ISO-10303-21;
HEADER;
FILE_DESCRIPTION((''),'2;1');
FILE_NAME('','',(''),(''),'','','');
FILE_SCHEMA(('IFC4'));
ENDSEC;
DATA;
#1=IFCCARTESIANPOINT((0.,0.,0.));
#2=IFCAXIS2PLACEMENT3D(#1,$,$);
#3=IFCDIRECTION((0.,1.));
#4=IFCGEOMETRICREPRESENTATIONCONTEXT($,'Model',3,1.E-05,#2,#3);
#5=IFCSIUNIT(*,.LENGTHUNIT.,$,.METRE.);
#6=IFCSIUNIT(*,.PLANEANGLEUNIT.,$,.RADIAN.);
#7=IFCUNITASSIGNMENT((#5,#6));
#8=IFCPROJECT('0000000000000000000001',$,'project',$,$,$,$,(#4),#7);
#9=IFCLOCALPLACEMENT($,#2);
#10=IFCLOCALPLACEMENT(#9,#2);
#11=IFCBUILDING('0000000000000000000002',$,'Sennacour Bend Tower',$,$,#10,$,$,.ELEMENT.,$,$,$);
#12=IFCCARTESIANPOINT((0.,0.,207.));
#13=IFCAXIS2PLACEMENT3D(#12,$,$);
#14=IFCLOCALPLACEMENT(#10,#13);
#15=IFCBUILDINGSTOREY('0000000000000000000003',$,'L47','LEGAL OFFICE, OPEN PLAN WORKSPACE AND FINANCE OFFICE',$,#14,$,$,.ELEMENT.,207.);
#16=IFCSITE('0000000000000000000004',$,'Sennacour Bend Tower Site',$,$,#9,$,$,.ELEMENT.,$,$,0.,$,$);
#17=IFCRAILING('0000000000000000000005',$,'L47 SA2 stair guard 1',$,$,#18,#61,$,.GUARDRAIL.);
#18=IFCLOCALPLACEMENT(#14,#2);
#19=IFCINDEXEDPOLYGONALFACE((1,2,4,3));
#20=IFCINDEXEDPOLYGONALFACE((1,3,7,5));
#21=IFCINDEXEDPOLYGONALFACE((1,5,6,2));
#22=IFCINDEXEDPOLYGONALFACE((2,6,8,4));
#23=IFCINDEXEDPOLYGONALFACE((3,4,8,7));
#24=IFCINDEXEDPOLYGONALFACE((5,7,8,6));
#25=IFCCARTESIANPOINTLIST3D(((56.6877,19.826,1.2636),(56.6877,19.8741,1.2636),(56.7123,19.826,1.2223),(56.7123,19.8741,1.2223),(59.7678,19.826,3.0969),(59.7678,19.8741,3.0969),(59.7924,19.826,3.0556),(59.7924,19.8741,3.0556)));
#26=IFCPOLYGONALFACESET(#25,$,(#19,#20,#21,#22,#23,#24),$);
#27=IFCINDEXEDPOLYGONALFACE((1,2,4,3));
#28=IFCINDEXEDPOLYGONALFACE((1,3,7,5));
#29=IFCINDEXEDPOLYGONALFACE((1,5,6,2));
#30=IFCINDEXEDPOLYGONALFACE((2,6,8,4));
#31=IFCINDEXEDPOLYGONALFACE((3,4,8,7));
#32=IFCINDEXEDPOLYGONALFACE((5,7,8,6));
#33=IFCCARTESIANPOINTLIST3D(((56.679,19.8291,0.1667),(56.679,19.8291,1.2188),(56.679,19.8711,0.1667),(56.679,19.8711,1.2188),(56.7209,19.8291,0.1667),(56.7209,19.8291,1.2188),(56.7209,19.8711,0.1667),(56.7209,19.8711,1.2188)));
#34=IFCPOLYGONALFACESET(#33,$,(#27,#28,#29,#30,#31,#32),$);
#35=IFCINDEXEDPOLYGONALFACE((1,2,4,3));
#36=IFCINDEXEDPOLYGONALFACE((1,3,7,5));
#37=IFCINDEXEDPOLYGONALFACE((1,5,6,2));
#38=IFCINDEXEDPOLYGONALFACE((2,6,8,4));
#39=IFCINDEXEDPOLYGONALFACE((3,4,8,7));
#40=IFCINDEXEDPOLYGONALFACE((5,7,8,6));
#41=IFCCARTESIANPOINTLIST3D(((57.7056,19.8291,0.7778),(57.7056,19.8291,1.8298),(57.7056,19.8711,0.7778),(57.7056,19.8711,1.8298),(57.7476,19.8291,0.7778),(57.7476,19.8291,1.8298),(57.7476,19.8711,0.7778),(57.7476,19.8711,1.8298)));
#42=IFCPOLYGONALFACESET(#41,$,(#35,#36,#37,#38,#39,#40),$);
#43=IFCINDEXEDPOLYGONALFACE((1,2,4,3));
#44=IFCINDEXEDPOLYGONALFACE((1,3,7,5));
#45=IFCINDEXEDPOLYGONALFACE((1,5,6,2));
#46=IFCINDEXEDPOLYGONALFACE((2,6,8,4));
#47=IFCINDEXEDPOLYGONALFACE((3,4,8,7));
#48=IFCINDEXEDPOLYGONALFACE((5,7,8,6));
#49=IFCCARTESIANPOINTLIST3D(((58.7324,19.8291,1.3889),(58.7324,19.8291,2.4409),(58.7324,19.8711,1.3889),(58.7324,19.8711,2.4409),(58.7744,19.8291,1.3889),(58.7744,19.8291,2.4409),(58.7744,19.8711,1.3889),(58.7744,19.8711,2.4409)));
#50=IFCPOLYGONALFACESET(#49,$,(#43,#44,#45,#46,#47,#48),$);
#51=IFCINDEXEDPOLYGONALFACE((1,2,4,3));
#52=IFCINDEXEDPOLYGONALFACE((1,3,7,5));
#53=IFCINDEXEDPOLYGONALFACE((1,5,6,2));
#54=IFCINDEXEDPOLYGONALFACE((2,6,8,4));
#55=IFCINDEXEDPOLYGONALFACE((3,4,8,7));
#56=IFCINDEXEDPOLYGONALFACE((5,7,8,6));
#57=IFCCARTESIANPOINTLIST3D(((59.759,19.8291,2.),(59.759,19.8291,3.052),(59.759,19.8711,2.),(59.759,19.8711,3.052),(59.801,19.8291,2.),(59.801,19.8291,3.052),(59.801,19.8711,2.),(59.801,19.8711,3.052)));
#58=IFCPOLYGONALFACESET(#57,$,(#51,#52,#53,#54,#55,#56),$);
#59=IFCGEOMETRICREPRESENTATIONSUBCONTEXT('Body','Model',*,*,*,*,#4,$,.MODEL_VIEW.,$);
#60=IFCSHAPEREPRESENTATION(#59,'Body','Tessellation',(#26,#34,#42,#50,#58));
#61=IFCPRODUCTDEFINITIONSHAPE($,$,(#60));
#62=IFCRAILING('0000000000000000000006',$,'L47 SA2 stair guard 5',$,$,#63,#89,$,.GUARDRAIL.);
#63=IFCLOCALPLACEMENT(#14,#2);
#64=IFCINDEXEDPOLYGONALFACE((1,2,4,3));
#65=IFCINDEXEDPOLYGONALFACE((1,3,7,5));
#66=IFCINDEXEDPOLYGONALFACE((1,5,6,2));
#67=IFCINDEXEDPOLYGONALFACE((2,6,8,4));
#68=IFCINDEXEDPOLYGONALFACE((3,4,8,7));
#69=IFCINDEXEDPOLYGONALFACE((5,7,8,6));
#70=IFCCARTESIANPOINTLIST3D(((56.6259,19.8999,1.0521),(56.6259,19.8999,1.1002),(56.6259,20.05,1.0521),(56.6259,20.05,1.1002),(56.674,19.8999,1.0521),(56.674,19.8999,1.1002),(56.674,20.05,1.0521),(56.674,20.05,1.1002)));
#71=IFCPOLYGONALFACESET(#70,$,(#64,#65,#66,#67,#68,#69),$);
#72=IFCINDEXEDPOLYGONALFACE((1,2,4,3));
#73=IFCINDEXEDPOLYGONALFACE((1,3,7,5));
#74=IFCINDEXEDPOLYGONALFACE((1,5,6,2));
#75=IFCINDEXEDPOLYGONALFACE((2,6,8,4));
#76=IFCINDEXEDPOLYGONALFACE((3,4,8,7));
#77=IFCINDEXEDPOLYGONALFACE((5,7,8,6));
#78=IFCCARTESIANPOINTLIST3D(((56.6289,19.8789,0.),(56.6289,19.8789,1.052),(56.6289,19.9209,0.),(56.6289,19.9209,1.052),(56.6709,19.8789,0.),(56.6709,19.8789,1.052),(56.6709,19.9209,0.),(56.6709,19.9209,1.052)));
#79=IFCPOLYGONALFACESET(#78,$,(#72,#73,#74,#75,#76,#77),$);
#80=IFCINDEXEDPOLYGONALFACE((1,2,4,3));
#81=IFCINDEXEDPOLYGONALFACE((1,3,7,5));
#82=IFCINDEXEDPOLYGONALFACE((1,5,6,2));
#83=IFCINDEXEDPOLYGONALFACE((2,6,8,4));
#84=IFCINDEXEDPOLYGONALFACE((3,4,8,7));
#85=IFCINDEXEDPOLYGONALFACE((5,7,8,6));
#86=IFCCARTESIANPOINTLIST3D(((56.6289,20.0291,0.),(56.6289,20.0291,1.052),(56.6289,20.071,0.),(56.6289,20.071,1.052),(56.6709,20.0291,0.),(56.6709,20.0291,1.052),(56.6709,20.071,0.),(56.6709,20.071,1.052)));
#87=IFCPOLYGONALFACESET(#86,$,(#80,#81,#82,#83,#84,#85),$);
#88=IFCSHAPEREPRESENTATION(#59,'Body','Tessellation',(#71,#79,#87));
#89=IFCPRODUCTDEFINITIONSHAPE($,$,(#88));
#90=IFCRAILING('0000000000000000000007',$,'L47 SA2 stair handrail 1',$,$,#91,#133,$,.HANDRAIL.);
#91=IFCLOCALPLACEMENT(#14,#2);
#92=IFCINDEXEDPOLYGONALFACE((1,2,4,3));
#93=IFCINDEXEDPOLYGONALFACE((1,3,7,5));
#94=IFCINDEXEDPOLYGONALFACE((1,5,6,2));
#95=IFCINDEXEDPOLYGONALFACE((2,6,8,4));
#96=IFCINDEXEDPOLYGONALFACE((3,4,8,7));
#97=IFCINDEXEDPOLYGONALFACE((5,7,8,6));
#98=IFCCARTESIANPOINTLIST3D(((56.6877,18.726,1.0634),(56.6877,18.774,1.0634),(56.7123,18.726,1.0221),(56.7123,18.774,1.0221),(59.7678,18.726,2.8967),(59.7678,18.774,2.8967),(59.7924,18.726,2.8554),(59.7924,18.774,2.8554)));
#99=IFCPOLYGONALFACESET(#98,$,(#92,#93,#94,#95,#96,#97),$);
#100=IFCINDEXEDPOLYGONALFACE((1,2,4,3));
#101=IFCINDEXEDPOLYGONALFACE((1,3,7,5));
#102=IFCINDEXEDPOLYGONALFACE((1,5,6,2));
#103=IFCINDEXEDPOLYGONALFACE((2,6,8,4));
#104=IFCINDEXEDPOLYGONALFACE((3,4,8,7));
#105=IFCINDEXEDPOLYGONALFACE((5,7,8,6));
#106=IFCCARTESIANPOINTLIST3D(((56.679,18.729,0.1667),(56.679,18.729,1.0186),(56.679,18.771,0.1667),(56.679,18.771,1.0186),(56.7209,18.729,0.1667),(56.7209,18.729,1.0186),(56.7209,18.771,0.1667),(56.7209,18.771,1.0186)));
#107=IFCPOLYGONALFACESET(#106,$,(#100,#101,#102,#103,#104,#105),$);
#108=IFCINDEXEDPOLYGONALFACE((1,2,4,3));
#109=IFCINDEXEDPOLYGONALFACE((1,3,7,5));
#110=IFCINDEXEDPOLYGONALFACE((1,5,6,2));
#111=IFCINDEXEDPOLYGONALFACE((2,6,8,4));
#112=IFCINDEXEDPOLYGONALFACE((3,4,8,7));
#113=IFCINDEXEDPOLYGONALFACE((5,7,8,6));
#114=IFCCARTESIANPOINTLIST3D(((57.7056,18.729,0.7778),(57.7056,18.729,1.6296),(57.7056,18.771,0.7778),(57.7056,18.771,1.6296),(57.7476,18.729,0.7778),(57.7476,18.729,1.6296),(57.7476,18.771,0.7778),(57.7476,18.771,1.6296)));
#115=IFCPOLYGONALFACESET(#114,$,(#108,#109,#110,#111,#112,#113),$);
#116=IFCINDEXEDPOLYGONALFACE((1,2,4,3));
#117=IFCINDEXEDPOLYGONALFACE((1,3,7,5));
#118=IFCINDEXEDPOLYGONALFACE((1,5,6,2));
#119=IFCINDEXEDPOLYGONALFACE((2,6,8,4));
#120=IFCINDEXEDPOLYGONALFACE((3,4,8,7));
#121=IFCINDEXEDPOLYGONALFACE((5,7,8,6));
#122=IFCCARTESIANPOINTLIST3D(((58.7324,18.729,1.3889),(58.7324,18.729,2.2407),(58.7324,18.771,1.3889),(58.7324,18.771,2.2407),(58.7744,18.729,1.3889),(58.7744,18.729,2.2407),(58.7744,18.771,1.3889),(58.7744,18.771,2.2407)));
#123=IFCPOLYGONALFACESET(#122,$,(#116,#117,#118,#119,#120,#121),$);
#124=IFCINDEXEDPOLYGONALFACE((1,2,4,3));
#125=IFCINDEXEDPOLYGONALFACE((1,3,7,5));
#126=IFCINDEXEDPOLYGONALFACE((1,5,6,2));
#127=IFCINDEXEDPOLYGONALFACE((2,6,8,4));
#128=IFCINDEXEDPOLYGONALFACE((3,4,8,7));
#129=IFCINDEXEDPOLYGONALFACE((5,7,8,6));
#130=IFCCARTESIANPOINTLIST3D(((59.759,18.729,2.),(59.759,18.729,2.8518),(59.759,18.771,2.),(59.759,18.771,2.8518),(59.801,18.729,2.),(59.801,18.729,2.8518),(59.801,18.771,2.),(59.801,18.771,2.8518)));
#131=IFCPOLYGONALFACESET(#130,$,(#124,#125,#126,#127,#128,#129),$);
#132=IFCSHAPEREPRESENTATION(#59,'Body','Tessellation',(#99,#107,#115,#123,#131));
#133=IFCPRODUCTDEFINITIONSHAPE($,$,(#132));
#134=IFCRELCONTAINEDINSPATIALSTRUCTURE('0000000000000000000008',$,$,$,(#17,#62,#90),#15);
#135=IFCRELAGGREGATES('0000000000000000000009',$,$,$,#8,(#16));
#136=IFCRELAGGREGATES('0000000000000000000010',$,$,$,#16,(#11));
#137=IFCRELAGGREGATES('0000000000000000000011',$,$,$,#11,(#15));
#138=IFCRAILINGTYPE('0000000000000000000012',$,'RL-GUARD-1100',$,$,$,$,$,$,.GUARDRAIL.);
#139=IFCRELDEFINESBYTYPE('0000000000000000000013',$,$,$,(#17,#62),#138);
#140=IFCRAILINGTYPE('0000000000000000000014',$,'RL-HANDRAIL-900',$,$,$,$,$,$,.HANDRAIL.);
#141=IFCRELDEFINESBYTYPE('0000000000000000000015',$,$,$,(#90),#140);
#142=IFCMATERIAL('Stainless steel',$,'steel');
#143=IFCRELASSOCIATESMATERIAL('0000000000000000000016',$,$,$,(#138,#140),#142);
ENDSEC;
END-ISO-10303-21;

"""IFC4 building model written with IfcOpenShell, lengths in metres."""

from ifc_helpers import new_model, si_unit, direction, frame, origin, origin_2d, place, context, subcontext, project, spatial, rectangle, extrude, material, type_object, element, save


model = new_model("IFC4")

# Units and contexts
model_context = context("Model", 3, precision=1e-05, world=origin(), true_north=direction((0.0, 1.0)))
body_context = subcontext(model_context, "Body", "Model", "MODEL_VIEW")
ifc_project = project(units=[si_unit("LENGTHUNIT", "METRE"), si_unit("PLANEANGLEUNIT", "RADIAN")], contexts=[model_context])

# Site, building, storey
site_placement = place(None, origin())
site = spatial("IfcSite", under=ifc_project, at=site_placement, Name="Sennacour Bend Tower Site", CompositionType="ELEMENT", RefElevation=0.0)
building_placement = place(site_placement, origin())
building = spatial("IfcBuilding", under=site, at=building_placement, Name="Sennacour Bend Tower", CompositionType="ELEMENT")
storey_placement = place(building_placement, frame((0.0, 0.0, 207.0)))
storey = spatial("IfcBuildingStorey", under=building, at=storey_placement, Name="L47", Description="LEGAL OFFICE, OPEN PLAN WORKSPACE AND FINANCE OFFICE", CompositionType="ELEMENT", Elevation=207.0)

# Shared definitions
ifc_material_1 = material(Name="Stainless steel", Category="steel")

# Railings
railing_type_1 = type_object("IfcRailingType", Name="RL-GUARD-1100", PredefinedType="GUARDRAIL", material=ifc_material_1)
railing_1_placement = place(storey_placement, frame((56.7, 19.8501, 0.1667)))
element("IfcRailing", 1, at=railing_1_placement, inside=storey, type_object=railing_type_1, Name="L47 SA2 stair guard 1", PredefinedType="GUARDRAIL", context=body_context, shape_type="SweptSolid", body=[
    extrude(rectangle(XDim=0.0481, YDim=0.0481, at=origin_2d()), frame((0.0, 0.0, 1.0762), z_axis=(0.859309, 0.0, 0.511458), x_axis=(0.0, 1.0, 0.0)), (0.0, 0.0, 1.0), 3.5845),
    extrude(rectangle(XDim=0.042, YDim=0.042, at=origin_2d()), origin(), (0.0, 0.0, 1.0), 1.052),
    extrude(rectangle(XDim=0.042, YDim=0.042, at=origin_2d()), frame((1.0266, 0.0, 0.6111)), (0.0, 0.0, 1.0), 1.052),
    extrude(rectangle(XDim=0.042, YDim=0.042, at=origin_2d()), frame((2.0535, 0.0, 1.2222)), (0.0, 0.0, 1.0), 1.052),
    extrude(rectangle(XDim=0.042, YDim=0.042, at=origin_2d()), frame((3.0801, 0.0, 1.8333)), (0.0, 0.0, 1.0), 1.052),
])
railing_2_placement = place(storey_placement, frame((56.6499, 19.8999, 0.0)))
element("IfcRailing", 2, at=railing_2_placement, inside=storey, type_object=railing_type_1, Name="L47 SA2 stair guard 5", PredefinedType="GUARDRAIL", context=body_context, shape_type="SweptSolid", body=[
    extrude(rectangle(XDim=0.0481, YDim=0.0481, at=origin_2d()), frame((0.0, 0.0, 1.0762), z_axis=(0.0, 1.0, 0.0), x_axis=(-1.0, 0.0, 0.0)), (0.0, 0.0, 1.0), 0.1501),
    extrude(rectangle(XDim=0.042, YDim=0.042, at=origin_2d()), origin(), (0.0, 0.0, 1.0), 1.052),
    extrude(rectangle(XDim=0.042, YDim=0.042, at=origin_2d()), frame((0.0, 0.1501, 0.0)), (0.0, 0.0, 1.0), 1.052),
])
railing_type_2 = type_object("IfcRailingType", Name="RL-HANDRAIL-900", PredefinedType="HANDRAIL", material=ifc_material_1)
railing_3_placement = place(storey_placement, frame((56.7, 18.75, 0.1667)))
element("IfcRailing", 3, at=railing_3_placement, inside=storey, type_object=railing_type_2, Name="L47 SA2 stair handrail 1", PredefinedType="HANDRAIL", context=body_context, shape_type="SweptSolid", body=[
    extrude(rectangle(XDim=0.0481, YDim=0.0481, at=origin_2d()), frame((0.0, 0.0, 0.876), z_axis=(0.859309, 0.0, 0.511458), x_axis=(0.0, 1.0, 0.0)), (0.0, 0.0, 1.0), 3.5845),
    extrude(rectangle(XDim=0.042, YDim=0.042, at=origin_2d()), origin(), (0.0, 0.0, 1.0), 0.8518),
    extrude(rectangle(XDim=0.042, YDim=0.042, at=origin_2d()), frame((1.0266, 0.0, 0.6111)), (0.0, 0.0, 1.0), 0.8518),
    extrude(rectangle(XDim=0.042, YDim=0.042, at=origin_2d()), frame((2.0535, 0.0, 1.2222)), (0.0, 0.0, 1.0), 0.8518),
    extrude(rectangle(XDim=0.042, YDim=0.042, at=origin_2d()), frame((3.0801, 0.0, 1.8333)), (0.0, 0.0, 1.0), 0.8518),
])

save(model, "model.ifc")
